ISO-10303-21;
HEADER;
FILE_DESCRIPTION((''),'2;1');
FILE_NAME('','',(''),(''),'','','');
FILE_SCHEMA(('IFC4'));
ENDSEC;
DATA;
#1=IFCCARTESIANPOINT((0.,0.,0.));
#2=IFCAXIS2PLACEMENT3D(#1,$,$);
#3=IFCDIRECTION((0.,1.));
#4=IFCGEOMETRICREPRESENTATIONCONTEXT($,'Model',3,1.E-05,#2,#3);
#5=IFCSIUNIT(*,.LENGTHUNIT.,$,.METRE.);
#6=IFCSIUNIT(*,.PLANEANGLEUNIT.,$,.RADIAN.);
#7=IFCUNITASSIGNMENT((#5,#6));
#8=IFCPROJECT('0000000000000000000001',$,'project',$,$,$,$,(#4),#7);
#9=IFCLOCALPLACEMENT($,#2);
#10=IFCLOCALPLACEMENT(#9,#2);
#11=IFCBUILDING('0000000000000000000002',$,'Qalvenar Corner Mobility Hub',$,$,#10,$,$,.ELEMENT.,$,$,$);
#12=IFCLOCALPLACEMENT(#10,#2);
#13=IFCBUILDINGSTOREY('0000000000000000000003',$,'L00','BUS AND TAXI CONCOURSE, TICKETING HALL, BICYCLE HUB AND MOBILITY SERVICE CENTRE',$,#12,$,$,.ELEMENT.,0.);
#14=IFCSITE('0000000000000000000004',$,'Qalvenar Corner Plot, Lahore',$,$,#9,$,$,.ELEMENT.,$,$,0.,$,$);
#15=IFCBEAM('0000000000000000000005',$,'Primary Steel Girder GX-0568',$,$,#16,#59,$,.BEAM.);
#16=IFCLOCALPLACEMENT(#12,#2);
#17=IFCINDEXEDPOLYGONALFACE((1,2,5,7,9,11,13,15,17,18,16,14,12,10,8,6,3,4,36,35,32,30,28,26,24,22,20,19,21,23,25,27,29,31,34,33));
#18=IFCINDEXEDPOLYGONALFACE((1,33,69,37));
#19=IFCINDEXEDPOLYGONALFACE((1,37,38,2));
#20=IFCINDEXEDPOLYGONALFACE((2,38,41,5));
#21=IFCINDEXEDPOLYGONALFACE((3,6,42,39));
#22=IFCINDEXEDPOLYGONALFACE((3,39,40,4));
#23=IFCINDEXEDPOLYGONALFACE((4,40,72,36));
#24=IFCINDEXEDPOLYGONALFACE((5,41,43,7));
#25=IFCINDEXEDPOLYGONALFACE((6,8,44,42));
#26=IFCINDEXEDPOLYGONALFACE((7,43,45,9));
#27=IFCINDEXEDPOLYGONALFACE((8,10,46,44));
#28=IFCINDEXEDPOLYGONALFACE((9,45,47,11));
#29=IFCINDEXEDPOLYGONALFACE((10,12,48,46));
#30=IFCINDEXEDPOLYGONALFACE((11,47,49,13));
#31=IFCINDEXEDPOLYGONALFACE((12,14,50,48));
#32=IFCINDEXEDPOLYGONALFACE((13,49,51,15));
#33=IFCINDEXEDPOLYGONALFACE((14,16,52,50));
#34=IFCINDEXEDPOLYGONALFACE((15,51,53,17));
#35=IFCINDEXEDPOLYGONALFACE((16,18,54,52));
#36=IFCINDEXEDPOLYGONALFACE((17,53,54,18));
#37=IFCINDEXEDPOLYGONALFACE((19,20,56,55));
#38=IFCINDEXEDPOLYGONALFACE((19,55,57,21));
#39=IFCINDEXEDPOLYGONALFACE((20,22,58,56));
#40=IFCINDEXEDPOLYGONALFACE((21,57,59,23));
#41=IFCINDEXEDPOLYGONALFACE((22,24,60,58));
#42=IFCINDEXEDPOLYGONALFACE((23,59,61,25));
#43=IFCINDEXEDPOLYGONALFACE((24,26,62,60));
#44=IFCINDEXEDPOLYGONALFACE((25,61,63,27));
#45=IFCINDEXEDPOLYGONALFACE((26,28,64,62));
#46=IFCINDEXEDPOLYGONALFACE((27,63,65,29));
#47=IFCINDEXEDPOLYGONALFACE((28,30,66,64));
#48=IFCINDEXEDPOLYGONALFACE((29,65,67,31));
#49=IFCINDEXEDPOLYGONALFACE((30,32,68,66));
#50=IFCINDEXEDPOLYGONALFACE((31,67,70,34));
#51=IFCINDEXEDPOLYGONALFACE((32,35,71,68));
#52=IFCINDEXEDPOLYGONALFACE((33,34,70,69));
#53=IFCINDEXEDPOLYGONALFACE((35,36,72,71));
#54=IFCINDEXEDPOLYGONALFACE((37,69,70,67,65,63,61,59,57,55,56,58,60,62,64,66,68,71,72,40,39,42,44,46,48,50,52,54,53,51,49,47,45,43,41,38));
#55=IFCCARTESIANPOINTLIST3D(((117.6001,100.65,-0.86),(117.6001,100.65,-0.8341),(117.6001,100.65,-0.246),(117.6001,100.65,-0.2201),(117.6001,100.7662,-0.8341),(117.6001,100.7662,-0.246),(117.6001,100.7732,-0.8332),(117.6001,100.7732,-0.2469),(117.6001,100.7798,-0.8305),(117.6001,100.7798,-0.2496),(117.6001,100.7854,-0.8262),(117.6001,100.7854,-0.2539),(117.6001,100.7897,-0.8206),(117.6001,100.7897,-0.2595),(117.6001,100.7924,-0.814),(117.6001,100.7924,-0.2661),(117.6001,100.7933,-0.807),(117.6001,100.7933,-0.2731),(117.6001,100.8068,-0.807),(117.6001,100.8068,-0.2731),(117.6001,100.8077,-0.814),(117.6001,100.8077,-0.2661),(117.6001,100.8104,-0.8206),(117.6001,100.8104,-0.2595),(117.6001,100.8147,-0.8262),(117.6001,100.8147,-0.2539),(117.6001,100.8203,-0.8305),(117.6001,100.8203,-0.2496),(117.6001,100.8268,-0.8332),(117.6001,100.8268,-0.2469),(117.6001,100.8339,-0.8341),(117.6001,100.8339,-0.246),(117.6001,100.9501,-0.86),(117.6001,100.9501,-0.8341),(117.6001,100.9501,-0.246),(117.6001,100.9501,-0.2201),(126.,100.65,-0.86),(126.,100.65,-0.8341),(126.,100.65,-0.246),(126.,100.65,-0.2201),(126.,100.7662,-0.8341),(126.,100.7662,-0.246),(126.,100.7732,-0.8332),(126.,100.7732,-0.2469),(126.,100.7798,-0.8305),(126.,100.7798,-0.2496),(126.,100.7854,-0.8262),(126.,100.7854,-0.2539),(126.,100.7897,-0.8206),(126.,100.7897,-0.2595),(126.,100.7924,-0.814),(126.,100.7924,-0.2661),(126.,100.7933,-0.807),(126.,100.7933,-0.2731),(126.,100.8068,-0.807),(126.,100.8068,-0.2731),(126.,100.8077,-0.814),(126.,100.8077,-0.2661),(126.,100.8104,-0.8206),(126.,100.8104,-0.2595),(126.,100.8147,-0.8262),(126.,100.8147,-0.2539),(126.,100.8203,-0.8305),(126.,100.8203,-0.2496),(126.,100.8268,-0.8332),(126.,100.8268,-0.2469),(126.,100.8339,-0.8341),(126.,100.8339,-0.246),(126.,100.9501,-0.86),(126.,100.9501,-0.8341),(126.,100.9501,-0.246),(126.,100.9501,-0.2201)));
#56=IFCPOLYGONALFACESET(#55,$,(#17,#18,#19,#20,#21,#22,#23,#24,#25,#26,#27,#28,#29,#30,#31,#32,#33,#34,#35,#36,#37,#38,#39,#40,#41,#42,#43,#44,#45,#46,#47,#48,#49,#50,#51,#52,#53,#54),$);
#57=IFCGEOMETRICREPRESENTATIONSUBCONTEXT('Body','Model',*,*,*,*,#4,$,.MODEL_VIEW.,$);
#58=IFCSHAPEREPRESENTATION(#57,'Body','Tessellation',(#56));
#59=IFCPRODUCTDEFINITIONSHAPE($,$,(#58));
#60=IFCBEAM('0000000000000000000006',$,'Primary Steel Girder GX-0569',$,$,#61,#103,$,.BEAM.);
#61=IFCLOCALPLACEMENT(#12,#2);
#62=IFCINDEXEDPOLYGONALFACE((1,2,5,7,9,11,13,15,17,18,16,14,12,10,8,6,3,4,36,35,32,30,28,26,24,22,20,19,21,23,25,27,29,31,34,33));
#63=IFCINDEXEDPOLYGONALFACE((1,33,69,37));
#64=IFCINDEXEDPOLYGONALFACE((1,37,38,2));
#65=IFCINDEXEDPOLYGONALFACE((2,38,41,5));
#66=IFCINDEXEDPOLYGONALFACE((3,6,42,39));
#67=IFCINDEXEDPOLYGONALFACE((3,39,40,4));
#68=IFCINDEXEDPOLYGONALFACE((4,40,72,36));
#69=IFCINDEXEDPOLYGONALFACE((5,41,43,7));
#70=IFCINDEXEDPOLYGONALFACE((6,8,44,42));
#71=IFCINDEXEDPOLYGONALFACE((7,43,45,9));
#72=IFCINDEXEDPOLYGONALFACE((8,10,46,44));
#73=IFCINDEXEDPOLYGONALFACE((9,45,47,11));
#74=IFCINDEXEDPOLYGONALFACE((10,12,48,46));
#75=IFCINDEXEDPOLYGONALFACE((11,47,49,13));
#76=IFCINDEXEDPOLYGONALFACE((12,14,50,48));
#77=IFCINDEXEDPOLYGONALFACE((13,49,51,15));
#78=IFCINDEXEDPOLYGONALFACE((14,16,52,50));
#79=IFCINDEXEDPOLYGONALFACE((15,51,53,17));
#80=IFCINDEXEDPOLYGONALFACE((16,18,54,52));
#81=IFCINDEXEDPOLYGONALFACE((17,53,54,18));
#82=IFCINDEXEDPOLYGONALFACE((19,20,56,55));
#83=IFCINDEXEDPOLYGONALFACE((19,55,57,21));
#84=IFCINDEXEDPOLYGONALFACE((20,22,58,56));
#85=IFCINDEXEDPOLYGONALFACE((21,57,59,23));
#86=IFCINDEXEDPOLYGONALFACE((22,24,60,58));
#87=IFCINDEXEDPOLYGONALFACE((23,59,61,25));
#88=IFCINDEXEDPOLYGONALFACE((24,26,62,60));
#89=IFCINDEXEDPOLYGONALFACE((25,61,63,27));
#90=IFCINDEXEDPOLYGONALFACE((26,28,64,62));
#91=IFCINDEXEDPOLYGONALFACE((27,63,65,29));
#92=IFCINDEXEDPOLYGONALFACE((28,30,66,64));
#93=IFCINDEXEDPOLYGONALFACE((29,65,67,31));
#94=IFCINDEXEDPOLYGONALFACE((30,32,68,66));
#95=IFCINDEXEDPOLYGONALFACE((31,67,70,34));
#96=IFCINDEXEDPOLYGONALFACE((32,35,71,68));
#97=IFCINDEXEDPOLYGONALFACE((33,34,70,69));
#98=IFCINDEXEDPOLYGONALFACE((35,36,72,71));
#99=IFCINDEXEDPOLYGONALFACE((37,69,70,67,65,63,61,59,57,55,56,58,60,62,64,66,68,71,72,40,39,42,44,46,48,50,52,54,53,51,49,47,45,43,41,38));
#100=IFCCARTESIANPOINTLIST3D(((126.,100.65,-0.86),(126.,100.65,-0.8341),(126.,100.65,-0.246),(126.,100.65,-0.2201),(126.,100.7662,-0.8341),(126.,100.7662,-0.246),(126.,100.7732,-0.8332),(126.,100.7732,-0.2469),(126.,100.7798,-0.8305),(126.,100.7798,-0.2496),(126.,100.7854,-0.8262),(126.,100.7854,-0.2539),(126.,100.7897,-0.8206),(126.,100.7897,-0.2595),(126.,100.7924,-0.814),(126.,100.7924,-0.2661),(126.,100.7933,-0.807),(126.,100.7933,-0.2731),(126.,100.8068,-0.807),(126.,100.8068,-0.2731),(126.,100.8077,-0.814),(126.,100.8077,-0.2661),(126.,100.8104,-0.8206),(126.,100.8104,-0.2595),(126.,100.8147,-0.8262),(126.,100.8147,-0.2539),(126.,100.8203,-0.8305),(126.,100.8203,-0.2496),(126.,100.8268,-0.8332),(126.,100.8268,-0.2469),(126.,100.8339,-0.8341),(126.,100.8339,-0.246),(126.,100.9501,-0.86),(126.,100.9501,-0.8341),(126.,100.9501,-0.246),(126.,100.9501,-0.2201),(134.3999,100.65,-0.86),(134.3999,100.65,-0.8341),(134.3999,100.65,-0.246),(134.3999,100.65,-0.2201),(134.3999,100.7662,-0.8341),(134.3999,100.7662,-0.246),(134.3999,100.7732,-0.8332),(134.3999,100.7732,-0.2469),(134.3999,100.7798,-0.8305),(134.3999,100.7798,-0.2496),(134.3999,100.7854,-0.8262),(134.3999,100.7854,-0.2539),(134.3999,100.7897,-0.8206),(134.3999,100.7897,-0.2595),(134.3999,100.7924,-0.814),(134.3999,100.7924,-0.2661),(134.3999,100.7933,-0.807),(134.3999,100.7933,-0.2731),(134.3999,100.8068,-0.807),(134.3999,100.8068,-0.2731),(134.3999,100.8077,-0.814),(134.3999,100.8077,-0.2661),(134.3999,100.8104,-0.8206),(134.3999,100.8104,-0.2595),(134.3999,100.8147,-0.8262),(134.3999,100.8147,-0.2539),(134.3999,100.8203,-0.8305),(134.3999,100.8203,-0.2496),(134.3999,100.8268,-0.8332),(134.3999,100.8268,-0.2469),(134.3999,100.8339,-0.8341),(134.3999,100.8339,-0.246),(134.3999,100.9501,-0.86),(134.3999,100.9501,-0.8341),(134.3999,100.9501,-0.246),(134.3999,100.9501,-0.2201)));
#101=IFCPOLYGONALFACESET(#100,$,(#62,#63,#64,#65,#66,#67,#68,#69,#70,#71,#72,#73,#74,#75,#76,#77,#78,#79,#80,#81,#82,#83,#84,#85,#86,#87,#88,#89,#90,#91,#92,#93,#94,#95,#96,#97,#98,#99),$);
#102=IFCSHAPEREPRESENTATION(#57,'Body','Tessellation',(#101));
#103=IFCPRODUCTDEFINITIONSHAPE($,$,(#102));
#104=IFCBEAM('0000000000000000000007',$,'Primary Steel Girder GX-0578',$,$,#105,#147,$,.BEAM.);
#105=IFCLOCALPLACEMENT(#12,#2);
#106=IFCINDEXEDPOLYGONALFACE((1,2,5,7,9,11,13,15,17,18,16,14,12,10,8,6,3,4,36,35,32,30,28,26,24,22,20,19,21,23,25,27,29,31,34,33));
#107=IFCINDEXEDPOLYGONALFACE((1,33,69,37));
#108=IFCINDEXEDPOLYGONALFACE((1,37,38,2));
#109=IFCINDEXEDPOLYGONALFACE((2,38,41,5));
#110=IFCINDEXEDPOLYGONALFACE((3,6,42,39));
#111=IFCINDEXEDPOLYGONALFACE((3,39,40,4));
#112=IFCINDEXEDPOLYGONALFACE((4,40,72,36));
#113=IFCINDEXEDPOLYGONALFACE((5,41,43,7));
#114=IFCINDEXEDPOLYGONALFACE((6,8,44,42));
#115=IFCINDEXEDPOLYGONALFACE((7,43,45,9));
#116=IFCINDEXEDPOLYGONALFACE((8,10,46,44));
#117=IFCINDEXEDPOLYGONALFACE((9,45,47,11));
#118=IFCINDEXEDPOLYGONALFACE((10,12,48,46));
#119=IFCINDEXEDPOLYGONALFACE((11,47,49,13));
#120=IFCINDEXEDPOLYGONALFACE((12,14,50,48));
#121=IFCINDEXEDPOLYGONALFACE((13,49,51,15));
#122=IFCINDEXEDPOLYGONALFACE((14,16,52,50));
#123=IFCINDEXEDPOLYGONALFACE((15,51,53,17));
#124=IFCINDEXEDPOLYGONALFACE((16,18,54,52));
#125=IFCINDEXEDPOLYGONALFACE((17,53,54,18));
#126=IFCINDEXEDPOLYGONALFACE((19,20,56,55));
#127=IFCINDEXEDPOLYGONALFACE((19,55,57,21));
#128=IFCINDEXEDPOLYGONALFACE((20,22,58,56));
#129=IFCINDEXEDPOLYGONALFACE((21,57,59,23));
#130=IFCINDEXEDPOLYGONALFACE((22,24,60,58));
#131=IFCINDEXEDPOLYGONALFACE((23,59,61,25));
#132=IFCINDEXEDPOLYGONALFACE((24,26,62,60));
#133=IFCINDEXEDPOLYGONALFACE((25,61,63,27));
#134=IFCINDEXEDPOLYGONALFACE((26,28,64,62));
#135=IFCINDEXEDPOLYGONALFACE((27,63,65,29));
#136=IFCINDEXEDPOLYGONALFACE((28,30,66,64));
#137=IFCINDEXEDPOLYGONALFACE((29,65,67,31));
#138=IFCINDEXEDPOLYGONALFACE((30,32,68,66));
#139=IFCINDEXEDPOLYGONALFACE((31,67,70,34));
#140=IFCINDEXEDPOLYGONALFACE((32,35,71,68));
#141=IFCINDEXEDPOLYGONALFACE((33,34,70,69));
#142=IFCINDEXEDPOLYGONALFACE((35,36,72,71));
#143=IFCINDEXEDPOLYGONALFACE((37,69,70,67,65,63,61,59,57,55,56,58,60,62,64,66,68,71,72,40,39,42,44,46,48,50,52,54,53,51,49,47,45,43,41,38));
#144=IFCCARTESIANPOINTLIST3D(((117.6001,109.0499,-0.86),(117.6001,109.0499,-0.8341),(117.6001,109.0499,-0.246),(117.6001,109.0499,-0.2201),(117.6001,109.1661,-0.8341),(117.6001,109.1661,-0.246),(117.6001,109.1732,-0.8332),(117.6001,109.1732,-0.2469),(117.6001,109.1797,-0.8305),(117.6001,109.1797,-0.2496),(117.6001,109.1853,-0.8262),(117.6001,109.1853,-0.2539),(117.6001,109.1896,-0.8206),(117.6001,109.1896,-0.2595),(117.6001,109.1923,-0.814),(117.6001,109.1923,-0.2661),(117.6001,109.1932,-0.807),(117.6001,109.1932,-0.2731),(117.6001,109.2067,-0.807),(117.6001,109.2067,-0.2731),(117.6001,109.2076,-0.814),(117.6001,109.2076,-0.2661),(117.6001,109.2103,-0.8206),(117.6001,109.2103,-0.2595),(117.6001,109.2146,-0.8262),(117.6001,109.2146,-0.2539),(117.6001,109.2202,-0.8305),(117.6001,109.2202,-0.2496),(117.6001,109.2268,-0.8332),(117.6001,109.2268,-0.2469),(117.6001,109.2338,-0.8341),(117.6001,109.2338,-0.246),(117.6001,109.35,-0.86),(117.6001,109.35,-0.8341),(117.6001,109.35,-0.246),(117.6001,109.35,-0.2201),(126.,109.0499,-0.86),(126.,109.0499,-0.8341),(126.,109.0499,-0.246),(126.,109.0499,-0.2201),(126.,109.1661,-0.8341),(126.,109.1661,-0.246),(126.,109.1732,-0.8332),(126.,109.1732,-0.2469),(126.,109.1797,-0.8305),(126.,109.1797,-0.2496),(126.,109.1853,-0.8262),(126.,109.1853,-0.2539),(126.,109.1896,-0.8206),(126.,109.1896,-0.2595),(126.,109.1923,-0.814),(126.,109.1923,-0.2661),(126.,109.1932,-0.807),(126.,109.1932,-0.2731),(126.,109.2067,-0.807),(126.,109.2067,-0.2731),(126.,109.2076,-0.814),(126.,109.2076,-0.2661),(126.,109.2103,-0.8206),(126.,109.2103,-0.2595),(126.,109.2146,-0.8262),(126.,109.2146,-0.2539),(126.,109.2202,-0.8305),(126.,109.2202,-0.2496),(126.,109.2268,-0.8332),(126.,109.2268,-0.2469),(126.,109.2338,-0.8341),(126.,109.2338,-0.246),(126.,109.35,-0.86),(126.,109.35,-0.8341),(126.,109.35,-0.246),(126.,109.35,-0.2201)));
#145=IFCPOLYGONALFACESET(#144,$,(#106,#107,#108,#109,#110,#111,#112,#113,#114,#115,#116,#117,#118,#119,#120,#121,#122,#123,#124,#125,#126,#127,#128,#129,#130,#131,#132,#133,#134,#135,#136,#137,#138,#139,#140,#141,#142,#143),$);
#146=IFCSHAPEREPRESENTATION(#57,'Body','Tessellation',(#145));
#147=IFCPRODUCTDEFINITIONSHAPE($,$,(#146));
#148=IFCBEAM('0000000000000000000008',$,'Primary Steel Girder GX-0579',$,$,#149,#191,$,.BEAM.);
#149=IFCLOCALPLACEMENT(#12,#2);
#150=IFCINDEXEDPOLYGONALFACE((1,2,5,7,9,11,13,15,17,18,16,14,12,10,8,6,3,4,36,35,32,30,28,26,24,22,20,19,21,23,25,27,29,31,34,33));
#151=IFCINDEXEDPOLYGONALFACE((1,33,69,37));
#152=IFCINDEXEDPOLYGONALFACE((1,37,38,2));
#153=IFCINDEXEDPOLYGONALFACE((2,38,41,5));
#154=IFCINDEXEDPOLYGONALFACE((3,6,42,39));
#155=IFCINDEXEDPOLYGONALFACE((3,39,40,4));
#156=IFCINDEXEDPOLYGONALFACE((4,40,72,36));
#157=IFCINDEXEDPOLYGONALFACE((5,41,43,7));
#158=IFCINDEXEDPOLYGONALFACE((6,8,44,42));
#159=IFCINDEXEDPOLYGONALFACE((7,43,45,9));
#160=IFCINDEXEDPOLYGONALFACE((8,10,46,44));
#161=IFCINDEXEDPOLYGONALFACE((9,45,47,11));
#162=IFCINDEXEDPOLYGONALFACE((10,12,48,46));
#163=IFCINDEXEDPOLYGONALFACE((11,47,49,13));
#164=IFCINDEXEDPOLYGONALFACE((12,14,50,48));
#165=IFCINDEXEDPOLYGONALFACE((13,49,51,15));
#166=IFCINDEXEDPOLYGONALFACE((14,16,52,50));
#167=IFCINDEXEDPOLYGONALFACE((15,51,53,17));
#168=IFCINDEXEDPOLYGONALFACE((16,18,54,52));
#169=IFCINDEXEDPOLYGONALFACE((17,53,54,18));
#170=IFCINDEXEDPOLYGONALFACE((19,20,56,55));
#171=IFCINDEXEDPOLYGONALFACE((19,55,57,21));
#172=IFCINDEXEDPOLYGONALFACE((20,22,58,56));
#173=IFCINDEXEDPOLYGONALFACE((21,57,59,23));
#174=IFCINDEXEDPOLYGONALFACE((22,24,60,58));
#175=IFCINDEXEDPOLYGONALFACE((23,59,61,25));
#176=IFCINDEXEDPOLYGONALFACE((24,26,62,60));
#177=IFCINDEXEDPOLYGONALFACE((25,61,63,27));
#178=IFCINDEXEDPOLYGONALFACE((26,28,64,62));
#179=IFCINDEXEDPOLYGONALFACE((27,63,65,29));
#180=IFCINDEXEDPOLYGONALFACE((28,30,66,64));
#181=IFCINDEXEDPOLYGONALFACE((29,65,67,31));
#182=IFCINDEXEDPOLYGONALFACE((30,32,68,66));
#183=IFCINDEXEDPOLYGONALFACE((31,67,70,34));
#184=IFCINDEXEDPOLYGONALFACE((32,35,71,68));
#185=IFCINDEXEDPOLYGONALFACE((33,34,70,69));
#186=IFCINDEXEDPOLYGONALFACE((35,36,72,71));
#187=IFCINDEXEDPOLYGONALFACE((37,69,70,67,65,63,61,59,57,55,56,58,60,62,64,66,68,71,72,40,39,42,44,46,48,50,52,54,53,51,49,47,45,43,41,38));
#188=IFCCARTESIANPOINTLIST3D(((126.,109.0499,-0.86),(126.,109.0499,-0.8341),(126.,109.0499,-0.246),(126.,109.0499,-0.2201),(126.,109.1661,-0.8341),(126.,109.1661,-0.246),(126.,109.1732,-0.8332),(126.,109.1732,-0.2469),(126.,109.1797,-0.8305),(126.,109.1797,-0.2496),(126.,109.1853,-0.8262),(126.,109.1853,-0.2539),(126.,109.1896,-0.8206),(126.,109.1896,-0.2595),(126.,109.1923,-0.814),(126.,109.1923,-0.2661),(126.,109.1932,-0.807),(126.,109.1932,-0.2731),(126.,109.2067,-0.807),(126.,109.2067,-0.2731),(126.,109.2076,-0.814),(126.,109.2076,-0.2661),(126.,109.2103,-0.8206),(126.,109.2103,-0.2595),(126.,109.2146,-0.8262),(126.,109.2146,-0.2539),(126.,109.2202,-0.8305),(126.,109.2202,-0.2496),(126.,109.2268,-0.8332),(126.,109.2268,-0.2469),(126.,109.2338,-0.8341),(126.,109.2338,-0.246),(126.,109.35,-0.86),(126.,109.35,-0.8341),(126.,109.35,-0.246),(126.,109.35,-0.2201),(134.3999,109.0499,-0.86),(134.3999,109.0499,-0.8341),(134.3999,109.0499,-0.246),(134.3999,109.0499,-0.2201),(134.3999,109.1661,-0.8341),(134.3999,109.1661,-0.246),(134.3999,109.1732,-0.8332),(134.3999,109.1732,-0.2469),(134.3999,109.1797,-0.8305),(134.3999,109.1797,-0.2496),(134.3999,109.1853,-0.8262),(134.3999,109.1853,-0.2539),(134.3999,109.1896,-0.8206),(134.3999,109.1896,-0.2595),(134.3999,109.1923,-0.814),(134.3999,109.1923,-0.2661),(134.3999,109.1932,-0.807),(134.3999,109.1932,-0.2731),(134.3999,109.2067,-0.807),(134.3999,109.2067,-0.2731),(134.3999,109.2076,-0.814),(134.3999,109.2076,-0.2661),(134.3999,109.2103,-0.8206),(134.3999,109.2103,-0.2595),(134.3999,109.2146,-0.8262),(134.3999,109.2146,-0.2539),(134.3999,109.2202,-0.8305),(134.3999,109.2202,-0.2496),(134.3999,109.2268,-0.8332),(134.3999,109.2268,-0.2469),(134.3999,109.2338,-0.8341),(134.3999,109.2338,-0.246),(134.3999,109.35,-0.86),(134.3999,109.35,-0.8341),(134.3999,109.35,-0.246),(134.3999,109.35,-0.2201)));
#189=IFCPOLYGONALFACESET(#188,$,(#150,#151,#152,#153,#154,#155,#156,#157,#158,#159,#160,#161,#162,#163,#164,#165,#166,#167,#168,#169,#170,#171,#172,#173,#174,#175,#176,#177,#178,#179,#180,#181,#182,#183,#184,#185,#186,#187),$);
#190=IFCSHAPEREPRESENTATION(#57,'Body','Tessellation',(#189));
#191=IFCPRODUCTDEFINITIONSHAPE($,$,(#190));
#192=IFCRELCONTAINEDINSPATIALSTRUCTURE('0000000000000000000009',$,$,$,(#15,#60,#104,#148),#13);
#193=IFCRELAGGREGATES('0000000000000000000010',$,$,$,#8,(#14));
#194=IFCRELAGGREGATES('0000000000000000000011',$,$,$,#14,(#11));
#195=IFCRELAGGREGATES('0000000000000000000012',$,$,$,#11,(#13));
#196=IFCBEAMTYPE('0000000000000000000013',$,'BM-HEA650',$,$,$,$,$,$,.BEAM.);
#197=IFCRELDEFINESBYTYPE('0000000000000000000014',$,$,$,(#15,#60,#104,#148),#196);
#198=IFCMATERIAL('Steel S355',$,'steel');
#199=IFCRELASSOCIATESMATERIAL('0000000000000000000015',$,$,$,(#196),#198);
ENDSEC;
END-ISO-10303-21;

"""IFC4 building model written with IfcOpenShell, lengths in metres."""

from ifc_helpers import new_model, si_unit, direction, frame, origin, origin_2d, place, context, subcontext, project, spatial, i_section, extrude, material, material_profile, profile_set, type_object, element, save


model = new_model("IFC4")

# Units and contexts
model_context = context("Model", 3, precision=1e-05, world=origin(), true_north=direction((0.0, 1.0)))
body_context = subcontext(model_context, "Body", "Model", "MODEL_VIEW")
ifc_project = project(units=[si_unit("LENGTHUNIT", "METRE"), si_unit("PLANEANGLEUNIT", "RADIAN")], contexts=[model_context])

# Site, building, storey
site_placement = place(None, origin())
site = spatial("IfcSite", under=ifc_project, at=site_placement, Name="Qalvenar Corner Plot, Lahore", CompositionType="ELEMENT", RefElevation=0.0)
building_placement = place(site_placement, origin())
building = spatial("IfcBuilding", under=site, at=building_placement, Name="Qalvenar Corner Mobility Hub", CompositionType="ELEMENT")
storey_placement = place(building_placement, origin())
storey = spatial("IfcBuildingStorey", under=building, at=storey_placement, Name="L00", Description="BUS AND TAXI CONCOURSE, TICKETING HALL, BICYCLE HUB AND MOBILITY SERVICE CENTRE", CompositionType="ELEMENT", Elevation=0.0)

# Shared definitions
ifc_material = material(Name="Steel S355", Category="steel")

# Beams
ifc_material_profile_1 = material_profile(ifc_material, i_section(OverallWidth=0.3, OverallDepth=0.6399, WebThickness=0.0134, FlangeThickness=0.0259, FilletRadius=0.0271, at=origin_2d()), Name="HEA650")
ifc_profile_set_1 = profile_set([ifc_material_profile_1], Name="Steel S355")
beam_type_1 = type_object("IfcBeamType", Name="BM-HEA650", PredefinedType="BEAM", material=ifc_profile_set_1)
for number, where, z_axis, x_axis, name in (
    (1, (117.6001, 100.8, -0.54), (1.0, 0.0, 0.0), (0.0, 1.0, 0.0), "Primary Steel Girder GX-0568"),
    (2, (126.0, 100.8, -0.54), (1.0, 0.0, 0.0), (0.0, 1.0, 0.0), "Primary Steel Girder GX-0569"),
    (3, (117.6001, 109.2, -0.54), (1.0, 0.0, 0.0), (0.0, 1.0, 0.0), "Primary Steel Girder GX-0578"),
    (4, (126.0, 109.2, -0.54), (1.0, 0.0, 0.0), (0.0, 1.0, 0.0), "Primary Steel Girder GX-0579"),
):
    element("IfcBeam", number, at=place(storey_placement, frame(where, z_axis=z_axis, x_axis=x_axis)), inside=storey, type_object=beam_type_1, Name=name, PredefinedType="BEAM", context=body_context, shape_type="SweptSolid", body=[
        extrude(i_section(OverallWidth=0.3, OverallDepth=0.6399, WebThickness=0.0134, FlangeThickness=0.0259, FilletRadius=0.0271, at=origin_2d()), origin(), (0.0, 0.0, 1.0), 8.3999),
    ])

save(model, "model.ifc")
